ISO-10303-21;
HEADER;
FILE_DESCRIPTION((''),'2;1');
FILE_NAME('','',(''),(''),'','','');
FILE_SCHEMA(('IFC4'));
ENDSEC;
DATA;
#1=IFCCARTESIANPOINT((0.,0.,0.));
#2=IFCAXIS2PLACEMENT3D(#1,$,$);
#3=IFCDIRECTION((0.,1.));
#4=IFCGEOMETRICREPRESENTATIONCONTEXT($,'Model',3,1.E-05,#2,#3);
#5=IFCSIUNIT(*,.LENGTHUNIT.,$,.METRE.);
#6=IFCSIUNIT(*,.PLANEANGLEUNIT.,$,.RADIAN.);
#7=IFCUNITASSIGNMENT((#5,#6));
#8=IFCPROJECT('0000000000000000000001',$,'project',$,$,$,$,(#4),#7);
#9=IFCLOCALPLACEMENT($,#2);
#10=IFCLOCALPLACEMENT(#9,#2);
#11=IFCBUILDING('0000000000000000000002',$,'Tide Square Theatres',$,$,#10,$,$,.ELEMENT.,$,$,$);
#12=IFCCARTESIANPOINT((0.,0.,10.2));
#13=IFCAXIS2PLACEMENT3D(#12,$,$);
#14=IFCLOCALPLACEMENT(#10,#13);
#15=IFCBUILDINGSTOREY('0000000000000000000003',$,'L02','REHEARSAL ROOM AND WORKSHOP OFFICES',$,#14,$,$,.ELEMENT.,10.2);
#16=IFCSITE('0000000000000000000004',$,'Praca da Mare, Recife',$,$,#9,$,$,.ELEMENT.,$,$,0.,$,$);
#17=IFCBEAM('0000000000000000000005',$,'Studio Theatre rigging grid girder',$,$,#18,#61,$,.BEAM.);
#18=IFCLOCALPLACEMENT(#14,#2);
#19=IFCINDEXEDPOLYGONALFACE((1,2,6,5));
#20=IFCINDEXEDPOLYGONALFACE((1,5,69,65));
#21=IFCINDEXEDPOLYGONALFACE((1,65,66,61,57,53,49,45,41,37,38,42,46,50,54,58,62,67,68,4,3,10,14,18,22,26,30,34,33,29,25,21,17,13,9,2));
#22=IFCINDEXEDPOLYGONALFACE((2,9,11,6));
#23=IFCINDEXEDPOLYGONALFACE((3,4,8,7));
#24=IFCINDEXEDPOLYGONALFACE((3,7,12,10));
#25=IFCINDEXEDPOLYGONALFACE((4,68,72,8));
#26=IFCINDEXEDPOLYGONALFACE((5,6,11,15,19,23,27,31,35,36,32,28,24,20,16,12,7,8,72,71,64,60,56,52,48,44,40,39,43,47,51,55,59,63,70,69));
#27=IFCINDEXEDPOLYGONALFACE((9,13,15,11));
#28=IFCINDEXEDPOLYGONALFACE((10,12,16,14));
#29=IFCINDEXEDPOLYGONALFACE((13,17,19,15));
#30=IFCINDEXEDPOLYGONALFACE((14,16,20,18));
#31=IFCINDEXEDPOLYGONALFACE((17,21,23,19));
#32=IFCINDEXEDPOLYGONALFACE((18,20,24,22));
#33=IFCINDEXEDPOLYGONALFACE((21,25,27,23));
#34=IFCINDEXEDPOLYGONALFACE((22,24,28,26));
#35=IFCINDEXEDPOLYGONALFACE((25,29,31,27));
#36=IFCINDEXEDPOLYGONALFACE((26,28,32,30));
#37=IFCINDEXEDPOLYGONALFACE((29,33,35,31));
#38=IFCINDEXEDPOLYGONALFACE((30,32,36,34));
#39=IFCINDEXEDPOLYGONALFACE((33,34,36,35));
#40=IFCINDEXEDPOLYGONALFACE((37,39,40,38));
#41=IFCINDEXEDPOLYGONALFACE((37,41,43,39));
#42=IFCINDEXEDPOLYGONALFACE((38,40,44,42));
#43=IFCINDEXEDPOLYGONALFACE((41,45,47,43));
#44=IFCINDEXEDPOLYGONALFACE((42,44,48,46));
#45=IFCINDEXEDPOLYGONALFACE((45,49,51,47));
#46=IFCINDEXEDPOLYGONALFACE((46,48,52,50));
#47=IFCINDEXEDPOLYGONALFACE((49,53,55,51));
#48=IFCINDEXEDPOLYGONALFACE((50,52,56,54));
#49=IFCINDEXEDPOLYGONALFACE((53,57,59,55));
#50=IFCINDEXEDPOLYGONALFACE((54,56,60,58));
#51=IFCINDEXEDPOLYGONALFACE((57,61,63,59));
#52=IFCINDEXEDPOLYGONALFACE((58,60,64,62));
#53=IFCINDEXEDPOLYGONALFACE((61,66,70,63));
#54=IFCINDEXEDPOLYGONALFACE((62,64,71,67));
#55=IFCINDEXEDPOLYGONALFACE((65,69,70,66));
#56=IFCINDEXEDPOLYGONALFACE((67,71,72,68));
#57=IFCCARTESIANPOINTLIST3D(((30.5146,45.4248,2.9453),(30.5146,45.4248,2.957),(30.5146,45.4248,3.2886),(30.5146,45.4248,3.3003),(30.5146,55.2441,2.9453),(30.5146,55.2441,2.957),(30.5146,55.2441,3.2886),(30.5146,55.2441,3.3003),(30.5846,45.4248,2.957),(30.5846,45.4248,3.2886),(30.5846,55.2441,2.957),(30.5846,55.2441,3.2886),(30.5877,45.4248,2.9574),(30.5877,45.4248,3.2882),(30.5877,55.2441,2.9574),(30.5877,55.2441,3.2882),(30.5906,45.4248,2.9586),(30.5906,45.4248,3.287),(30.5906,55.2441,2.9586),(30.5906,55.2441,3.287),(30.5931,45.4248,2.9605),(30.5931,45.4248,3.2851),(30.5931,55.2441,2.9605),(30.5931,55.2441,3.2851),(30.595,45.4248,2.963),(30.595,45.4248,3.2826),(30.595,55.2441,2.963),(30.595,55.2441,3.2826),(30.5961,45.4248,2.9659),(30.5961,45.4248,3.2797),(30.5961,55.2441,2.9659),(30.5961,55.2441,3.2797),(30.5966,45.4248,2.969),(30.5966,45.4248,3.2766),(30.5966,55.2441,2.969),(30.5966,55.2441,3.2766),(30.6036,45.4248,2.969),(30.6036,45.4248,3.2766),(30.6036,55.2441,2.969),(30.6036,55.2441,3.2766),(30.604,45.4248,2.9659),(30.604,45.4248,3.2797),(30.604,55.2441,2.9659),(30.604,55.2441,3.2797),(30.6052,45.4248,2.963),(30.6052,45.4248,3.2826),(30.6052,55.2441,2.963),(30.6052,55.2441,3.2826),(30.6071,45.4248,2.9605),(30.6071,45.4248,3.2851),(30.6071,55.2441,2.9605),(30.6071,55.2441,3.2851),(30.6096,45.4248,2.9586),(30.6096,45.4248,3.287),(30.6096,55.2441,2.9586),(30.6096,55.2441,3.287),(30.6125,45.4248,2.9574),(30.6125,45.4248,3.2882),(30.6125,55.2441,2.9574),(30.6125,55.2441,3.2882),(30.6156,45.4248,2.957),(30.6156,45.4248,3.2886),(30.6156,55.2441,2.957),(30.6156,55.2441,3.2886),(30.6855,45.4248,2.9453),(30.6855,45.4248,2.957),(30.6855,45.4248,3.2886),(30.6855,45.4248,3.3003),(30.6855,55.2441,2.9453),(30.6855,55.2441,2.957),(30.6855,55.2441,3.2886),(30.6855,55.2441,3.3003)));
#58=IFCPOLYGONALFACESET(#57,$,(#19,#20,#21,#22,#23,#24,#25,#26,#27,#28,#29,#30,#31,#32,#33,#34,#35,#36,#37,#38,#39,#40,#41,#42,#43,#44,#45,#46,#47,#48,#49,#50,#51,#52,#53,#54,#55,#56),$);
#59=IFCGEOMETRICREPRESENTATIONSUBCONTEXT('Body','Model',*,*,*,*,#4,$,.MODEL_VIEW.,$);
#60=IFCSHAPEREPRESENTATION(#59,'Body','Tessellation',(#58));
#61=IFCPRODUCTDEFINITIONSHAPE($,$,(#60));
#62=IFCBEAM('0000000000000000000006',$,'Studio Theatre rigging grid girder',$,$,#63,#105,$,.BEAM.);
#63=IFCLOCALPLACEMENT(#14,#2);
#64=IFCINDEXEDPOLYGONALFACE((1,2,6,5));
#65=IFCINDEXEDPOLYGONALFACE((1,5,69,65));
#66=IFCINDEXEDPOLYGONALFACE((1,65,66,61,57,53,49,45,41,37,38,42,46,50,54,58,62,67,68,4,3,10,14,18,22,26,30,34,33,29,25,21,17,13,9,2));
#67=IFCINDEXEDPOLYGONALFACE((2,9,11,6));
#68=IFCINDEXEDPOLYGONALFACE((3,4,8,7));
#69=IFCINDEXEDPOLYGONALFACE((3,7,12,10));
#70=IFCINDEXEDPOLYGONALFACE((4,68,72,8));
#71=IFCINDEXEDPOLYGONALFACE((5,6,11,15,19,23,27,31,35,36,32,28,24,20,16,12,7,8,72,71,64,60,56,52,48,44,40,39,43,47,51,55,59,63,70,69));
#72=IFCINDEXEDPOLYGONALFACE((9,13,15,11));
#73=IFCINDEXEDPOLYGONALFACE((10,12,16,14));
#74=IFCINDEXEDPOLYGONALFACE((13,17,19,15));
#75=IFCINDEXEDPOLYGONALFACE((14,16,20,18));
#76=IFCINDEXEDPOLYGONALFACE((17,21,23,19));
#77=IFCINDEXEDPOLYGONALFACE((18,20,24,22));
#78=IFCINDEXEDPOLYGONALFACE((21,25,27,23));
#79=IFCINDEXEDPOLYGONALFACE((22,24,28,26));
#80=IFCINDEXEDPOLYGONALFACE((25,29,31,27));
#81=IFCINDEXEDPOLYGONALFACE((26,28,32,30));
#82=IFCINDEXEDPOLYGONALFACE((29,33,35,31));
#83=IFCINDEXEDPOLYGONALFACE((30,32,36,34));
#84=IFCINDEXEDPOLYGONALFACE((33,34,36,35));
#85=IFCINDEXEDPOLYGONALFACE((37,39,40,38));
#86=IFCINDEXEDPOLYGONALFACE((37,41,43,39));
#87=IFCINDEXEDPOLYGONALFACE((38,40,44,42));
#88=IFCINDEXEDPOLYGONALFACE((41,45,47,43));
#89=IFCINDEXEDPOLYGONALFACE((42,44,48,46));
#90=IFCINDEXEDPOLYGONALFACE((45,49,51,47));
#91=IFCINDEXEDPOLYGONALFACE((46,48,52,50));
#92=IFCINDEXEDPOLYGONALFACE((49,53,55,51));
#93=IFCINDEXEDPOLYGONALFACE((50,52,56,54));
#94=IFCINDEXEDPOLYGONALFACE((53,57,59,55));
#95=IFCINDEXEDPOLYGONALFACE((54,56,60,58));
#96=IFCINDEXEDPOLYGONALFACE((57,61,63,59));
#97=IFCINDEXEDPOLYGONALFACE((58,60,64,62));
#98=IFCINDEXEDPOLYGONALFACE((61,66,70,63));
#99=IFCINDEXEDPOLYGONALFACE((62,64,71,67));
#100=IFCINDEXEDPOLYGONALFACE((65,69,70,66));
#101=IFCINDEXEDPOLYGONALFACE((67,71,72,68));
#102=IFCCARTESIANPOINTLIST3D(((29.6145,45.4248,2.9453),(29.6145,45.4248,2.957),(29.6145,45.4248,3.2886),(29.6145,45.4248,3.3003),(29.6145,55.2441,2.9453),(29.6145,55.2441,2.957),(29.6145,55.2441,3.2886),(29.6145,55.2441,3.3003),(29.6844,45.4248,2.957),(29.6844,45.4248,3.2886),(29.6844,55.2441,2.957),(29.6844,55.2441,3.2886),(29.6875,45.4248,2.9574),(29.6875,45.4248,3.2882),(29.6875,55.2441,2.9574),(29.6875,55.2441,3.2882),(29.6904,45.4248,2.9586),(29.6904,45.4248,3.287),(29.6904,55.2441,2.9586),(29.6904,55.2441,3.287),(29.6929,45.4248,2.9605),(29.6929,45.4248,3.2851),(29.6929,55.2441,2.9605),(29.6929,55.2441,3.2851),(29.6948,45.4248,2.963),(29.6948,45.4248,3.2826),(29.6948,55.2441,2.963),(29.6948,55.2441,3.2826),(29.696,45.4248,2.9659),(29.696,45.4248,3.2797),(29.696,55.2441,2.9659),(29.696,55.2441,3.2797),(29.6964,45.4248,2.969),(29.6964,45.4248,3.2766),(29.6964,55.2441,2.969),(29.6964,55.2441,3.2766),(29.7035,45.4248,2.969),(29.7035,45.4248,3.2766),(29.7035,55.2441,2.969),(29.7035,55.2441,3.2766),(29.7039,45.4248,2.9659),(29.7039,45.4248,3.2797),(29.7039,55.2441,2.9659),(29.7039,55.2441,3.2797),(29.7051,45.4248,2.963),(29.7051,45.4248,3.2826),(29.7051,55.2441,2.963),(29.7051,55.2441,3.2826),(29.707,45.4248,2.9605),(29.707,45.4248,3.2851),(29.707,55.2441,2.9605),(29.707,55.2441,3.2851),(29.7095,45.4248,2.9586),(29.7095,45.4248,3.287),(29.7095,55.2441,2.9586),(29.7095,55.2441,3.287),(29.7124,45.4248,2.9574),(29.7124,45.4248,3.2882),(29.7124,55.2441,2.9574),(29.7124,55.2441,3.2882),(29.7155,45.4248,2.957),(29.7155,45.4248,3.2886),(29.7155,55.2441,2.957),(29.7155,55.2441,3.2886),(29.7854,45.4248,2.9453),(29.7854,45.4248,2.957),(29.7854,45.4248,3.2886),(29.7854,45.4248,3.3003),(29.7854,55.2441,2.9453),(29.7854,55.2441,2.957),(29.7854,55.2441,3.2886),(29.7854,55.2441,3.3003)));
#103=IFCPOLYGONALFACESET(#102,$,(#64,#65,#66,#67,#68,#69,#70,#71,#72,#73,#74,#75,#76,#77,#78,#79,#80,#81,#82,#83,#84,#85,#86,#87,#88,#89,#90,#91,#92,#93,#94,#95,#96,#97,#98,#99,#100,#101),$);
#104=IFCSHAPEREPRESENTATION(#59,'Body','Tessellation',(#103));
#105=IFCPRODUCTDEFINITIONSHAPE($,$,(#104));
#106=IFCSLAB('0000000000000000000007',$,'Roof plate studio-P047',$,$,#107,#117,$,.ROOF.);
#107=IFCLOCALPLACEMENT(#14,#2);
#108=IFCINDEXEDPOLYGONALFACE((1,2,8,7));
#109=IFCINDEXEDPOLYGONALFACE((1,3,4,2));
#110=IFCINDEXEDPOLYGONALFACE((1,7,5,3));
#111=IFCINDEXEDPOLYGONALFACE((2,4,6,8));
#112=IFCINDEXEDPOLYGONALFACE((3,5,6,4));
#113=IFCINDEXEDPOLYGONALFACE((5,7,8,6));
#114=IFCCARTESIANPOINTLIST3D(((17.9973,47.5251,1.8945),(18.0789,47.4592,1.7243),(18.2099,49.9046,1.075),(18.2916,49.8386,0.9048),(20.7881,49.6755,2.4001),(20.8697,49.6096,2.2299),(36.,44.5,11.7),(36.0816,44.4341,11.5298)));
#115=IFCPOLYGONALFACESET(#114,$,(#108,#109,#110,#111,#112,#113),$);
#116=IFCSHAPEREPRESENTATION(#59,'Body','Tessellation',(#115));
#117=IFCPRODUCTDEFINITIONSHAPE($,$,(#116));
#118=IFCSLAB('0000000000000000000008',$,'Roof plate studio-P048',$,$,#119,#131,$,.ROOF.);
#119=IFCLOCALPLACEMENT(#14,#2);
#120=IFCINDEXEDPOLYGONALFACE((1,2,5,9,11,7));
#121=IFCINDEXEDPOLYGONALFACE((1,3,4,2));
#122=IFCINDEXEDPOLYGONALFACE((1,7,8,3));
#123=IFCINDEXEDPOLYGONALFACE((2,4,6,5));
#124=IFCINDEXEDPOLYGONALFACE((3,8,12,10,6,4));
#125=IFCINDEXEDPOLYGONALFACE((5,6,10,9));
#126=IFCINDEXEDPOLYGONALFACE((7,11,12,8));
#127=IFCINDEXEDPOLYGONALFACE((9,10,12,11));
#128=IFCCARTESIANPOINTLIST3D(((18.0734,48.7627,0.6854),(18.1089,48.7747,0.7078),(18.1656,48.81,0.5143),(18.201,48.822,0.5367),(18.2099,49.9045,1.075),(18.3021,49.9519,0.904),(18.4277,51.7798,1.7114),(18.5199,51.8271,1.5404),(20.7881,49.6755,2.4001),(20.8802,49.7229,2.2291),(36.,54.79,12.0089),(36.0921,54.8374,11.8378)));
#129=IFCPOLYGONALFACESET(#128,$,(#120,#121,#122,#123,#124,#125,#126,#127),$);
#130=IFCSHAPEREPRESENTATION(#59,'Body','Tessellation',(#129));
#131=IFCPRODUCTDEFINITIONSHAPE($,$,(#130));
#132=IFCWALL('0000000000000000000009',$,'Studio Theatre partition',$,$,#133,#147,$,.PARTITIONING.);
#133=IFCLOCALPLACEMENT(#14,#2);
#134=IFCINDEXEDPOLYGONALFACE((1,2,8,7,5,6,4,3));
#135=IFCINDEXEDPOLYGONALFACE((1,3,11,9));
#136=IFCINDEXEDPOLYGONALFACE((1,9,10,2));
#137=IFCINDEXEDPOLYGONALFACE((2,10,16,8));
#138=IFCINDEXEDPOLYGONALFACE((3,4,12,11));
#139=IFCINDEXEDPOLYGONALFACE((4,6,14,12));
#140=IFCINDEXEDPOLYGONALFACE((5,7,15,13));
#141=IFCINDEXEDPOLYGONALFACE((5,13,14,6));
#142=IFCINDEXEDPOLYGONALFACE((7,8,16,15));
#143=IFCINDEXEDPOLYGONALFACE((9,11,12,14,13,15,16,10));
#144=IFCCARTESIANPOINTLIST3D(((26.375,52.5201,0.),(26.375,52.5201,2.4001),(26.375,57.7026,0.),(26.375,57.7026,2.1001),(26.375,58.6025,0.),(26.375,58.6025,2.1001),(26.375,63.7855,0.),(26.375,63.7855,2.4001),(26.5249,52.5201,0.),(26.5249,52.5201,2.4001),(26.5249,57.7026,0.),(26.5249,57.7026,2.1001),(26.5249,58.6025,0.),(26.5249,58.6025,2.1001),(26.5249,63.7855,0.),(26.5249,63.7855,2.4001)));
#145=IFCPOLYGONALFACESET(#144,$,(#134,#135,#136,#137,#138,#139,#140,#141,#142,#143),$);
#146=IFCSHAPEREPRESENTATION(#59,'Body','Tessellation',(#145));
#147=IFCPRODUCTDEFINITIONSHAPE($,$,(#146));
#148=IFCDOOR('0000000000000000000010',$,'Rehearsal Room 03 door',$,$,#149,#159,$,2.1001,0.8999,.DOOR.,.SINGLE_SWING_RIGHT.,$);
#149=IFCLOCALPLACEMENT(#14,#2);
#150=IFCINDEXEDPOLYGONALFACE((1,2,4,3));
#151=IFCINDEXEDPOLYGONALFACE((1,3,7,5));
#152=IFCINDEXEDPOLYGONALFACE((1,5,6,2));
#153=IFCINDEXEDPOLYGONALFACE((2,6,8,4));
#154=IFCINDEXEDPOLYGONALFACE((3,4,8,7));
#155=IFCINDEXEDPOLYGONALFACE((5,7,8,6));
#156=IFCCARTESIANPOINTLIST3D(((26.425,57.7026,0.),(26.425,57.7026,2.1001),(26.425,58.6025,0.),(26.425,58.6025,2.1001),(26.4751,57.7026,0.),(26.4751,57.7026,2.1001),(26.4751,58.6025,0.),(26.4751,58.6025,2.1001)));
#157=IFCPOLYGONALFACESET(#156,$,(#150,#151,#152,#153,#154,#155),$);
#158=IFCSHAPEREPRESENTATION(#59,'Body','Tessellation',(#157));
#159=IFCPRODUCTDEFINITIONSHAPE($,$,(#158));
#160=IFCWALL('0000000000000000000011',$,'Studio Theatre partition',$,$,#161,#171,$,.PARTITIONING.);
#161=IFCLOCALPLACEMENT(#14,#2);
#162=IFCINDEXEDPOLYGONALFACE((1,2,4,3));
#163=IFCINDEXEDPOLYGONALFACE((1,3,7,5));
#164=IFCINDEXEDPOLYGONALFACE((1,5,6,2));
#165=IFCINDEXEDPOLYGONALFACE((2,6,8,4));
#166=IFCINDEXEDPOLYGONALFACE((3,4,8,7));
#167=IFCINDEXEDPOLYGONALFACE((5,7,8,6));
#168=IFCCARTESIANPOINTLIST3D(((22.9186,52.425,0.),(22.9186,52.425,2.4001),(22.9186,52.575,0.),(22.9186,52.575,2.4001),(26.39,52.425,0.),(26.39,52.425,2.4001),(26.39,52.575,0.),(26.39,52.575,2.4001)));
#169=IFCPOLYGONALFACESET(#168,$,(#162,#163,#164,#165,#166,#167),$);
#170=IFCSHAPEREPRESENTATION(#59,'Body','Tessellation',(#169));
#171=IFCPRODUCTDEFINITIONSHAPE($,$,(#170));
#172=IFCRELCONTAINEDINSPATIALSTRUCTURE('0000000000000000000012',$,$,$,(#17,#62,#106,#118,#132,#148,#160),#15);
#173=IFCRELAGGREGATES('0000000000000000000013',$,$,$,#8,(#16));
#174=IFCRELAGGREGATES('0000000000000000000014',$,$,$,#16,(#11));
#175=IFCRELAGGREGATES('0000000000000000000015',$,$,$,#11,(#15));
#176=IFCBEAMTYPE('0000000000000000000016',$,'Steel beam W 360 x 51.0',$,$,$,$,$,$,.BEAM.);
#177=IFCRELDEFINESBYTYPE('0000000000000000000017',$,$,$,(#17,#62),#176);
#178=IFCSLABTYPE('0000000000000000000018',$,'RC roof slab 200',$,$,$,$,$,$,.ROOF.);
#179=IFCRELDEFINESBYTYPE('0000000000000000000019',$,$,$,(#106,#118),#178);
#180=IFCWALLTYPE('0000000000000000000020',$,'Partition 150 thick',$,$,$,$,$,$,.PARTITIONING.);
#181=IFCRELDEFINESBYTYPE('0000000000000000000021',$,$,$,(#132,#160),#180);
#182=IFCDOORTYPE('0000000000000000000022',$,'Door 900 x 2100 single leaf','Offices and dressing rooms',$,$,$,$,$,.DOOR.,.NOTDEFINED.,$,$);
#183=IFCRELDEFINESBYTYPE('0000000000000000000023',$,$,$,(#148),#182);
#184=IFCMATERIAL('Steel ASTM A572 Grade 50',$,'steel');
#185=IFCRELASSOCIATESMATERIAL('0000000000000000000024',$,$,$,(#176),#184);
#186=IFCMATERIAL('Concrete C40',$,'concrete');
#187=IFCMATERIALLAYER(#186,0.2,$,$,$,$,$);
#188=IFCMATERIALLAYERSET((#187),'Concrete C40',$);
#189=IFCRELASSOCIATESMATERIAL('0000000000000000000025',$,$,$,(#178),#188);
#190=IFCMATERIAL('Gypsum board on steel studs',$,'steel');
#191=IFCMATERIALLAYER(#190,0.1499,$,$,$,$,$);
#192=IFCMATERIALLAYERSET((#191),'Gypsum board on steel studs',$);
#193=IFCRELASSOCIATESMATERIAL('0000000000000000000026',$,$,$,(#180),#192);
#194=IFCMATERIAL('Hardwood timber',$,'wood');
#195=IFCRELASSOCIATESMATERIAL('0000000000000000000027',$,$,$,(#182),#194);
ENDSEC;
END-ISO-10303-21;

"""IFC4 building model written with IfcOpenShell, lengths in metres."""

from ifc_helpers import new_model, si_unit, direction, frame, frame_2d, origin, origin_2d, place, context, subcontext, project, spatial, polyline, rectangle, i_section, outline, extrude, material, layer, layer_set, material_profile, profile_set, type_object, element, fill, save


model = new_model("IFC4")

# Units and contexts
model_context = context("Model", 3, precision=1e-05, world=origin(), true_north=direction((0.0, 1.0)))
body_context = subcontext(model_context, "Body", "Model", "MODEL_VIEW")
ifc_project = project(units=[si_unit("LENGTHUNIT", "METRE"), si_unit("PLANEANGLEUNIT", "RADIAN")], contexts=[model_context])

# Site, building, storey
site_placement = place(None, origin())
site = spatial("IfcSite", under=ifc_project, at=site_placement, Name="Praca da Mare, Recife", CompositionType="ELEMENT", RefElevation=0.0)
building_placement = place(site_placement, origin())
building = spatial("IfcBuilding", under=site, at=building_placement, Name="Tide Square Theatres", CompositionType="ELEMENT")
storey_placement = place(building_placement, frame((0.0, 0.0, 10.2)))
storey = spatial("IfcBuildingStorey", under=building, at=storey_placement, Name="L02", Description="REHEARSAL ROOM AND WORKSHOP OFFICES", CompositionType="ELEMENT", Elevation=10.2)

# Beams
ifc_material_1 = material(Name="Steel ASTM A572 Grade 50", Category="steel")
ifc_material_profile_1 = material_profile(ifc_material_1, i_section(OverallWidth=0.1709, OverallDepth=0.355, WebThickness=0.0071, FlangeThickness=0.0117, FilletRadius=0.012, at=origin_2d()))
ifc_profile_set_1 = profile_set([ifc_material_profile_1], Name="Steel ASTM A572 Grade 50")
beam_type = type_object("IfcBeamType", Name="Steel beam W 360 x 51.0", PredefinedType="BEAM", material=ifc_profile_set_1)
for number, where, z_axis, x_axis, name in (
    (1, (30.6001, 45.4248, 3.1228), (0.0, 1.0, 0.0), (-1.0, 0.0, 0.0), "Studio Theatre rigging grid girder"),
    (2, (29.7, 45.4248, 3.1228), (0.0, 1.0, 0.0), (-1.0, 0.0, 0.0), "Studio Theatre rigging grid girder"),
):
    element("IfcBeam", number, at=place(storey_placement, frame(where, z_axis=z_axis, x_axis=x_axis)), inside=storey, type_object=beam_type, Name=name, PredefinedType="BEAM", context=body_context, shape_type="SweptSolid", body=[
        extrude(i_section(OverallWidth=0.1709, OverallDepth=0.355, WebThickness=0.0071, FlangeThickness=0.0117, FilletRadius=0.012, at=origin_2d()), origin(), (0.0, 0.0, 1.0), 9.8193),
    ])

# Slabs
ifc_material_2 = material(Name="Concrete C40", Category="concrete")
ifc_layer_1 = layer(ifc_material_2, 0.2)
ifc_layer_set_1 = layer_set([ifc_layer_1], Name="Concrete C40")
slab_type = type_object("IfcSlabType", Name="RC roof slab 200", PredefinedType="ROOF", material=ifc_layer_set_1)
slab_1_placement = place(storey_placement, frame((17.9973, 47.5251, 1.8945), z_axis=(-0.408255, 0.329678, 0.851258), x_axis=(0.868777, -0.145987, 0.473195)))
element("IfcSlab", 3, at=slab_1_placement, inside=storey, type_object=slab_type, Name="Roof plate studio-P047", PredefinedType="ROOF", context=body_context, shape_type="SweptSolid", body=[
    extrude(outline(polyline([(0.0, 0.0), (20.7218, 0.0), (2.3499, 2.6733), (-0.5504, 2.4648), (0.0, 0.0)])), origin(), (0.0, 0.0, -1.0), 0.2),
])
slab_2_placement = place(storey_placement, frame((20.7881, 49.6755, 2.4001), z_axis=(-0.460697, -0.236797, 0.855386), x_axis=(0.813241, 0.273425, 0.513691)))
element("IfcSlab", 4, at=slab_2_placement, inside=storey, type_object=slab_type, Name="Roof plate studio-P048", PredefinedType="ROOF", context=body_context, shape_type="SweptSolid", body=[
    extrude(outline(polyline([(0.0, 0.0), (18.7053, 0.0), (-1.698, 2.7551), (-3.3381, -0.0001), (-3.2945, -0.0001), (-2.7148, 1.0418), (0.0, 0.0)])), origin(), (0.0, 0.0, -1.0), 0.2),
])

# Wall, opening, door
ifc_material_3 = material(Name="Gypsum board on steel studs", Category="steel")
ifc_layer_2 = layer(ifc_material_3, 0.1499)
ifc_layer_set_2 = layer_set([ifc_layer_2], Name="Gypsum board on steel studs")
wall_type_1 = type_object("IfcWallType", Name="Partition 150 thick", PredefinedType="PARTITIONING", material=ifc_layer_set_2)
wall_1_placement = place(storey_placement, frame((26.45, 52.52, 0.0), z_axis=(0.0, 0.0, 1.0), x_axis=(0.0, 1.0, 0.0)))
wall_1 = element("IfcWall", 5, at=wall_1_placement, inside=storey, type_object=wall_type_1, Name="Studio Theatre partition", PredefinedType="PARTITIONING", context=body_context, shape_type="SweptSolid", body=[
    extrude(rectangle(XDim=11.2654, YDim=0.1499, at=frame_2d((5.6328, 0.0))), origin(), (0.0, 0.0, 1.0), 2.4001),
])
opening_1_placement = place(wall_1_placement, frame((5.1826, 0.0, 0.0)))
opening_1 = element("IfcOpeningElement", 6, at=opening_1_placement, cuts=wall_1, PredefinedType="OPENING", context=body_context, shape_type="SweptSolid", body=[
    extrude(rectangle(XDim=0.8999, YDim=2.1001, at=frame_2d((0.45, 1.05))), frame((0.0, 0.085, 0.0), z_axis=(0.0, -1.0, 0.0), x_axis=(1.0, 0.0, 0.0)), (0.0, 0.0, 1.0), 0.1699),
])
ifc_material_4 = material(Name="Hardwood timber", Category="wood")
door_type = type_object("IfcDoorType", Name="Door 900 x 2100 single leaf", Description="Offices and dressing rooms", OperationType="NOTDEFINED", PredefinedType="DOOR", material=ifc_material_4)
door_placement = place(opening_1_placement, origin())
door = element("IfcDoor", 7, at=door_placement, inside=storey, type_object=door_type, Name="Rehearsal Room 03 door", OperationType="SINGLE_SWING_RIGHT", OverallHeight=2.1001, OverallWidth=0.8999, PredefinedType="DOOR", context=body_context, shape_type="SweptSolid", body=[
    extrude(rectangle(XDim=0.8999, YDim=2.1001, at=frame_2d((0.45, 1.05))), frame((0.0, 0.0249, 0.0), z_axis=(0.0, -1.0, 0.0), x_axis=(1.0, 0.0, 0.0)), (0.0, 0.0, 1.0), 0.05),
])
fill(opening_1, door)

# Wall
wall_2_placement = place(storey_placement, frame((22.9185, 52.5, 0.0), z_axis=(0.0, 0.0, 1.0), x_axis=(1.0, 0.0, 0.0)))
element("IfcWall", 8, at=wall_2_placement, inside=storey, type_object=wall_type_1, Name="Studio Theatre partition", PredefinedType="PARTITIONING", context=body_context, shape_type="SweptSolid", body=[
    extrude(rectangle(XDim=3.4714, YDim=0.1499, at=frame_2d((1.7358, 0.0))), origin(), (0.0, 0.0, 1.0), 2.4001),
])

save(model, "model.ifc")
